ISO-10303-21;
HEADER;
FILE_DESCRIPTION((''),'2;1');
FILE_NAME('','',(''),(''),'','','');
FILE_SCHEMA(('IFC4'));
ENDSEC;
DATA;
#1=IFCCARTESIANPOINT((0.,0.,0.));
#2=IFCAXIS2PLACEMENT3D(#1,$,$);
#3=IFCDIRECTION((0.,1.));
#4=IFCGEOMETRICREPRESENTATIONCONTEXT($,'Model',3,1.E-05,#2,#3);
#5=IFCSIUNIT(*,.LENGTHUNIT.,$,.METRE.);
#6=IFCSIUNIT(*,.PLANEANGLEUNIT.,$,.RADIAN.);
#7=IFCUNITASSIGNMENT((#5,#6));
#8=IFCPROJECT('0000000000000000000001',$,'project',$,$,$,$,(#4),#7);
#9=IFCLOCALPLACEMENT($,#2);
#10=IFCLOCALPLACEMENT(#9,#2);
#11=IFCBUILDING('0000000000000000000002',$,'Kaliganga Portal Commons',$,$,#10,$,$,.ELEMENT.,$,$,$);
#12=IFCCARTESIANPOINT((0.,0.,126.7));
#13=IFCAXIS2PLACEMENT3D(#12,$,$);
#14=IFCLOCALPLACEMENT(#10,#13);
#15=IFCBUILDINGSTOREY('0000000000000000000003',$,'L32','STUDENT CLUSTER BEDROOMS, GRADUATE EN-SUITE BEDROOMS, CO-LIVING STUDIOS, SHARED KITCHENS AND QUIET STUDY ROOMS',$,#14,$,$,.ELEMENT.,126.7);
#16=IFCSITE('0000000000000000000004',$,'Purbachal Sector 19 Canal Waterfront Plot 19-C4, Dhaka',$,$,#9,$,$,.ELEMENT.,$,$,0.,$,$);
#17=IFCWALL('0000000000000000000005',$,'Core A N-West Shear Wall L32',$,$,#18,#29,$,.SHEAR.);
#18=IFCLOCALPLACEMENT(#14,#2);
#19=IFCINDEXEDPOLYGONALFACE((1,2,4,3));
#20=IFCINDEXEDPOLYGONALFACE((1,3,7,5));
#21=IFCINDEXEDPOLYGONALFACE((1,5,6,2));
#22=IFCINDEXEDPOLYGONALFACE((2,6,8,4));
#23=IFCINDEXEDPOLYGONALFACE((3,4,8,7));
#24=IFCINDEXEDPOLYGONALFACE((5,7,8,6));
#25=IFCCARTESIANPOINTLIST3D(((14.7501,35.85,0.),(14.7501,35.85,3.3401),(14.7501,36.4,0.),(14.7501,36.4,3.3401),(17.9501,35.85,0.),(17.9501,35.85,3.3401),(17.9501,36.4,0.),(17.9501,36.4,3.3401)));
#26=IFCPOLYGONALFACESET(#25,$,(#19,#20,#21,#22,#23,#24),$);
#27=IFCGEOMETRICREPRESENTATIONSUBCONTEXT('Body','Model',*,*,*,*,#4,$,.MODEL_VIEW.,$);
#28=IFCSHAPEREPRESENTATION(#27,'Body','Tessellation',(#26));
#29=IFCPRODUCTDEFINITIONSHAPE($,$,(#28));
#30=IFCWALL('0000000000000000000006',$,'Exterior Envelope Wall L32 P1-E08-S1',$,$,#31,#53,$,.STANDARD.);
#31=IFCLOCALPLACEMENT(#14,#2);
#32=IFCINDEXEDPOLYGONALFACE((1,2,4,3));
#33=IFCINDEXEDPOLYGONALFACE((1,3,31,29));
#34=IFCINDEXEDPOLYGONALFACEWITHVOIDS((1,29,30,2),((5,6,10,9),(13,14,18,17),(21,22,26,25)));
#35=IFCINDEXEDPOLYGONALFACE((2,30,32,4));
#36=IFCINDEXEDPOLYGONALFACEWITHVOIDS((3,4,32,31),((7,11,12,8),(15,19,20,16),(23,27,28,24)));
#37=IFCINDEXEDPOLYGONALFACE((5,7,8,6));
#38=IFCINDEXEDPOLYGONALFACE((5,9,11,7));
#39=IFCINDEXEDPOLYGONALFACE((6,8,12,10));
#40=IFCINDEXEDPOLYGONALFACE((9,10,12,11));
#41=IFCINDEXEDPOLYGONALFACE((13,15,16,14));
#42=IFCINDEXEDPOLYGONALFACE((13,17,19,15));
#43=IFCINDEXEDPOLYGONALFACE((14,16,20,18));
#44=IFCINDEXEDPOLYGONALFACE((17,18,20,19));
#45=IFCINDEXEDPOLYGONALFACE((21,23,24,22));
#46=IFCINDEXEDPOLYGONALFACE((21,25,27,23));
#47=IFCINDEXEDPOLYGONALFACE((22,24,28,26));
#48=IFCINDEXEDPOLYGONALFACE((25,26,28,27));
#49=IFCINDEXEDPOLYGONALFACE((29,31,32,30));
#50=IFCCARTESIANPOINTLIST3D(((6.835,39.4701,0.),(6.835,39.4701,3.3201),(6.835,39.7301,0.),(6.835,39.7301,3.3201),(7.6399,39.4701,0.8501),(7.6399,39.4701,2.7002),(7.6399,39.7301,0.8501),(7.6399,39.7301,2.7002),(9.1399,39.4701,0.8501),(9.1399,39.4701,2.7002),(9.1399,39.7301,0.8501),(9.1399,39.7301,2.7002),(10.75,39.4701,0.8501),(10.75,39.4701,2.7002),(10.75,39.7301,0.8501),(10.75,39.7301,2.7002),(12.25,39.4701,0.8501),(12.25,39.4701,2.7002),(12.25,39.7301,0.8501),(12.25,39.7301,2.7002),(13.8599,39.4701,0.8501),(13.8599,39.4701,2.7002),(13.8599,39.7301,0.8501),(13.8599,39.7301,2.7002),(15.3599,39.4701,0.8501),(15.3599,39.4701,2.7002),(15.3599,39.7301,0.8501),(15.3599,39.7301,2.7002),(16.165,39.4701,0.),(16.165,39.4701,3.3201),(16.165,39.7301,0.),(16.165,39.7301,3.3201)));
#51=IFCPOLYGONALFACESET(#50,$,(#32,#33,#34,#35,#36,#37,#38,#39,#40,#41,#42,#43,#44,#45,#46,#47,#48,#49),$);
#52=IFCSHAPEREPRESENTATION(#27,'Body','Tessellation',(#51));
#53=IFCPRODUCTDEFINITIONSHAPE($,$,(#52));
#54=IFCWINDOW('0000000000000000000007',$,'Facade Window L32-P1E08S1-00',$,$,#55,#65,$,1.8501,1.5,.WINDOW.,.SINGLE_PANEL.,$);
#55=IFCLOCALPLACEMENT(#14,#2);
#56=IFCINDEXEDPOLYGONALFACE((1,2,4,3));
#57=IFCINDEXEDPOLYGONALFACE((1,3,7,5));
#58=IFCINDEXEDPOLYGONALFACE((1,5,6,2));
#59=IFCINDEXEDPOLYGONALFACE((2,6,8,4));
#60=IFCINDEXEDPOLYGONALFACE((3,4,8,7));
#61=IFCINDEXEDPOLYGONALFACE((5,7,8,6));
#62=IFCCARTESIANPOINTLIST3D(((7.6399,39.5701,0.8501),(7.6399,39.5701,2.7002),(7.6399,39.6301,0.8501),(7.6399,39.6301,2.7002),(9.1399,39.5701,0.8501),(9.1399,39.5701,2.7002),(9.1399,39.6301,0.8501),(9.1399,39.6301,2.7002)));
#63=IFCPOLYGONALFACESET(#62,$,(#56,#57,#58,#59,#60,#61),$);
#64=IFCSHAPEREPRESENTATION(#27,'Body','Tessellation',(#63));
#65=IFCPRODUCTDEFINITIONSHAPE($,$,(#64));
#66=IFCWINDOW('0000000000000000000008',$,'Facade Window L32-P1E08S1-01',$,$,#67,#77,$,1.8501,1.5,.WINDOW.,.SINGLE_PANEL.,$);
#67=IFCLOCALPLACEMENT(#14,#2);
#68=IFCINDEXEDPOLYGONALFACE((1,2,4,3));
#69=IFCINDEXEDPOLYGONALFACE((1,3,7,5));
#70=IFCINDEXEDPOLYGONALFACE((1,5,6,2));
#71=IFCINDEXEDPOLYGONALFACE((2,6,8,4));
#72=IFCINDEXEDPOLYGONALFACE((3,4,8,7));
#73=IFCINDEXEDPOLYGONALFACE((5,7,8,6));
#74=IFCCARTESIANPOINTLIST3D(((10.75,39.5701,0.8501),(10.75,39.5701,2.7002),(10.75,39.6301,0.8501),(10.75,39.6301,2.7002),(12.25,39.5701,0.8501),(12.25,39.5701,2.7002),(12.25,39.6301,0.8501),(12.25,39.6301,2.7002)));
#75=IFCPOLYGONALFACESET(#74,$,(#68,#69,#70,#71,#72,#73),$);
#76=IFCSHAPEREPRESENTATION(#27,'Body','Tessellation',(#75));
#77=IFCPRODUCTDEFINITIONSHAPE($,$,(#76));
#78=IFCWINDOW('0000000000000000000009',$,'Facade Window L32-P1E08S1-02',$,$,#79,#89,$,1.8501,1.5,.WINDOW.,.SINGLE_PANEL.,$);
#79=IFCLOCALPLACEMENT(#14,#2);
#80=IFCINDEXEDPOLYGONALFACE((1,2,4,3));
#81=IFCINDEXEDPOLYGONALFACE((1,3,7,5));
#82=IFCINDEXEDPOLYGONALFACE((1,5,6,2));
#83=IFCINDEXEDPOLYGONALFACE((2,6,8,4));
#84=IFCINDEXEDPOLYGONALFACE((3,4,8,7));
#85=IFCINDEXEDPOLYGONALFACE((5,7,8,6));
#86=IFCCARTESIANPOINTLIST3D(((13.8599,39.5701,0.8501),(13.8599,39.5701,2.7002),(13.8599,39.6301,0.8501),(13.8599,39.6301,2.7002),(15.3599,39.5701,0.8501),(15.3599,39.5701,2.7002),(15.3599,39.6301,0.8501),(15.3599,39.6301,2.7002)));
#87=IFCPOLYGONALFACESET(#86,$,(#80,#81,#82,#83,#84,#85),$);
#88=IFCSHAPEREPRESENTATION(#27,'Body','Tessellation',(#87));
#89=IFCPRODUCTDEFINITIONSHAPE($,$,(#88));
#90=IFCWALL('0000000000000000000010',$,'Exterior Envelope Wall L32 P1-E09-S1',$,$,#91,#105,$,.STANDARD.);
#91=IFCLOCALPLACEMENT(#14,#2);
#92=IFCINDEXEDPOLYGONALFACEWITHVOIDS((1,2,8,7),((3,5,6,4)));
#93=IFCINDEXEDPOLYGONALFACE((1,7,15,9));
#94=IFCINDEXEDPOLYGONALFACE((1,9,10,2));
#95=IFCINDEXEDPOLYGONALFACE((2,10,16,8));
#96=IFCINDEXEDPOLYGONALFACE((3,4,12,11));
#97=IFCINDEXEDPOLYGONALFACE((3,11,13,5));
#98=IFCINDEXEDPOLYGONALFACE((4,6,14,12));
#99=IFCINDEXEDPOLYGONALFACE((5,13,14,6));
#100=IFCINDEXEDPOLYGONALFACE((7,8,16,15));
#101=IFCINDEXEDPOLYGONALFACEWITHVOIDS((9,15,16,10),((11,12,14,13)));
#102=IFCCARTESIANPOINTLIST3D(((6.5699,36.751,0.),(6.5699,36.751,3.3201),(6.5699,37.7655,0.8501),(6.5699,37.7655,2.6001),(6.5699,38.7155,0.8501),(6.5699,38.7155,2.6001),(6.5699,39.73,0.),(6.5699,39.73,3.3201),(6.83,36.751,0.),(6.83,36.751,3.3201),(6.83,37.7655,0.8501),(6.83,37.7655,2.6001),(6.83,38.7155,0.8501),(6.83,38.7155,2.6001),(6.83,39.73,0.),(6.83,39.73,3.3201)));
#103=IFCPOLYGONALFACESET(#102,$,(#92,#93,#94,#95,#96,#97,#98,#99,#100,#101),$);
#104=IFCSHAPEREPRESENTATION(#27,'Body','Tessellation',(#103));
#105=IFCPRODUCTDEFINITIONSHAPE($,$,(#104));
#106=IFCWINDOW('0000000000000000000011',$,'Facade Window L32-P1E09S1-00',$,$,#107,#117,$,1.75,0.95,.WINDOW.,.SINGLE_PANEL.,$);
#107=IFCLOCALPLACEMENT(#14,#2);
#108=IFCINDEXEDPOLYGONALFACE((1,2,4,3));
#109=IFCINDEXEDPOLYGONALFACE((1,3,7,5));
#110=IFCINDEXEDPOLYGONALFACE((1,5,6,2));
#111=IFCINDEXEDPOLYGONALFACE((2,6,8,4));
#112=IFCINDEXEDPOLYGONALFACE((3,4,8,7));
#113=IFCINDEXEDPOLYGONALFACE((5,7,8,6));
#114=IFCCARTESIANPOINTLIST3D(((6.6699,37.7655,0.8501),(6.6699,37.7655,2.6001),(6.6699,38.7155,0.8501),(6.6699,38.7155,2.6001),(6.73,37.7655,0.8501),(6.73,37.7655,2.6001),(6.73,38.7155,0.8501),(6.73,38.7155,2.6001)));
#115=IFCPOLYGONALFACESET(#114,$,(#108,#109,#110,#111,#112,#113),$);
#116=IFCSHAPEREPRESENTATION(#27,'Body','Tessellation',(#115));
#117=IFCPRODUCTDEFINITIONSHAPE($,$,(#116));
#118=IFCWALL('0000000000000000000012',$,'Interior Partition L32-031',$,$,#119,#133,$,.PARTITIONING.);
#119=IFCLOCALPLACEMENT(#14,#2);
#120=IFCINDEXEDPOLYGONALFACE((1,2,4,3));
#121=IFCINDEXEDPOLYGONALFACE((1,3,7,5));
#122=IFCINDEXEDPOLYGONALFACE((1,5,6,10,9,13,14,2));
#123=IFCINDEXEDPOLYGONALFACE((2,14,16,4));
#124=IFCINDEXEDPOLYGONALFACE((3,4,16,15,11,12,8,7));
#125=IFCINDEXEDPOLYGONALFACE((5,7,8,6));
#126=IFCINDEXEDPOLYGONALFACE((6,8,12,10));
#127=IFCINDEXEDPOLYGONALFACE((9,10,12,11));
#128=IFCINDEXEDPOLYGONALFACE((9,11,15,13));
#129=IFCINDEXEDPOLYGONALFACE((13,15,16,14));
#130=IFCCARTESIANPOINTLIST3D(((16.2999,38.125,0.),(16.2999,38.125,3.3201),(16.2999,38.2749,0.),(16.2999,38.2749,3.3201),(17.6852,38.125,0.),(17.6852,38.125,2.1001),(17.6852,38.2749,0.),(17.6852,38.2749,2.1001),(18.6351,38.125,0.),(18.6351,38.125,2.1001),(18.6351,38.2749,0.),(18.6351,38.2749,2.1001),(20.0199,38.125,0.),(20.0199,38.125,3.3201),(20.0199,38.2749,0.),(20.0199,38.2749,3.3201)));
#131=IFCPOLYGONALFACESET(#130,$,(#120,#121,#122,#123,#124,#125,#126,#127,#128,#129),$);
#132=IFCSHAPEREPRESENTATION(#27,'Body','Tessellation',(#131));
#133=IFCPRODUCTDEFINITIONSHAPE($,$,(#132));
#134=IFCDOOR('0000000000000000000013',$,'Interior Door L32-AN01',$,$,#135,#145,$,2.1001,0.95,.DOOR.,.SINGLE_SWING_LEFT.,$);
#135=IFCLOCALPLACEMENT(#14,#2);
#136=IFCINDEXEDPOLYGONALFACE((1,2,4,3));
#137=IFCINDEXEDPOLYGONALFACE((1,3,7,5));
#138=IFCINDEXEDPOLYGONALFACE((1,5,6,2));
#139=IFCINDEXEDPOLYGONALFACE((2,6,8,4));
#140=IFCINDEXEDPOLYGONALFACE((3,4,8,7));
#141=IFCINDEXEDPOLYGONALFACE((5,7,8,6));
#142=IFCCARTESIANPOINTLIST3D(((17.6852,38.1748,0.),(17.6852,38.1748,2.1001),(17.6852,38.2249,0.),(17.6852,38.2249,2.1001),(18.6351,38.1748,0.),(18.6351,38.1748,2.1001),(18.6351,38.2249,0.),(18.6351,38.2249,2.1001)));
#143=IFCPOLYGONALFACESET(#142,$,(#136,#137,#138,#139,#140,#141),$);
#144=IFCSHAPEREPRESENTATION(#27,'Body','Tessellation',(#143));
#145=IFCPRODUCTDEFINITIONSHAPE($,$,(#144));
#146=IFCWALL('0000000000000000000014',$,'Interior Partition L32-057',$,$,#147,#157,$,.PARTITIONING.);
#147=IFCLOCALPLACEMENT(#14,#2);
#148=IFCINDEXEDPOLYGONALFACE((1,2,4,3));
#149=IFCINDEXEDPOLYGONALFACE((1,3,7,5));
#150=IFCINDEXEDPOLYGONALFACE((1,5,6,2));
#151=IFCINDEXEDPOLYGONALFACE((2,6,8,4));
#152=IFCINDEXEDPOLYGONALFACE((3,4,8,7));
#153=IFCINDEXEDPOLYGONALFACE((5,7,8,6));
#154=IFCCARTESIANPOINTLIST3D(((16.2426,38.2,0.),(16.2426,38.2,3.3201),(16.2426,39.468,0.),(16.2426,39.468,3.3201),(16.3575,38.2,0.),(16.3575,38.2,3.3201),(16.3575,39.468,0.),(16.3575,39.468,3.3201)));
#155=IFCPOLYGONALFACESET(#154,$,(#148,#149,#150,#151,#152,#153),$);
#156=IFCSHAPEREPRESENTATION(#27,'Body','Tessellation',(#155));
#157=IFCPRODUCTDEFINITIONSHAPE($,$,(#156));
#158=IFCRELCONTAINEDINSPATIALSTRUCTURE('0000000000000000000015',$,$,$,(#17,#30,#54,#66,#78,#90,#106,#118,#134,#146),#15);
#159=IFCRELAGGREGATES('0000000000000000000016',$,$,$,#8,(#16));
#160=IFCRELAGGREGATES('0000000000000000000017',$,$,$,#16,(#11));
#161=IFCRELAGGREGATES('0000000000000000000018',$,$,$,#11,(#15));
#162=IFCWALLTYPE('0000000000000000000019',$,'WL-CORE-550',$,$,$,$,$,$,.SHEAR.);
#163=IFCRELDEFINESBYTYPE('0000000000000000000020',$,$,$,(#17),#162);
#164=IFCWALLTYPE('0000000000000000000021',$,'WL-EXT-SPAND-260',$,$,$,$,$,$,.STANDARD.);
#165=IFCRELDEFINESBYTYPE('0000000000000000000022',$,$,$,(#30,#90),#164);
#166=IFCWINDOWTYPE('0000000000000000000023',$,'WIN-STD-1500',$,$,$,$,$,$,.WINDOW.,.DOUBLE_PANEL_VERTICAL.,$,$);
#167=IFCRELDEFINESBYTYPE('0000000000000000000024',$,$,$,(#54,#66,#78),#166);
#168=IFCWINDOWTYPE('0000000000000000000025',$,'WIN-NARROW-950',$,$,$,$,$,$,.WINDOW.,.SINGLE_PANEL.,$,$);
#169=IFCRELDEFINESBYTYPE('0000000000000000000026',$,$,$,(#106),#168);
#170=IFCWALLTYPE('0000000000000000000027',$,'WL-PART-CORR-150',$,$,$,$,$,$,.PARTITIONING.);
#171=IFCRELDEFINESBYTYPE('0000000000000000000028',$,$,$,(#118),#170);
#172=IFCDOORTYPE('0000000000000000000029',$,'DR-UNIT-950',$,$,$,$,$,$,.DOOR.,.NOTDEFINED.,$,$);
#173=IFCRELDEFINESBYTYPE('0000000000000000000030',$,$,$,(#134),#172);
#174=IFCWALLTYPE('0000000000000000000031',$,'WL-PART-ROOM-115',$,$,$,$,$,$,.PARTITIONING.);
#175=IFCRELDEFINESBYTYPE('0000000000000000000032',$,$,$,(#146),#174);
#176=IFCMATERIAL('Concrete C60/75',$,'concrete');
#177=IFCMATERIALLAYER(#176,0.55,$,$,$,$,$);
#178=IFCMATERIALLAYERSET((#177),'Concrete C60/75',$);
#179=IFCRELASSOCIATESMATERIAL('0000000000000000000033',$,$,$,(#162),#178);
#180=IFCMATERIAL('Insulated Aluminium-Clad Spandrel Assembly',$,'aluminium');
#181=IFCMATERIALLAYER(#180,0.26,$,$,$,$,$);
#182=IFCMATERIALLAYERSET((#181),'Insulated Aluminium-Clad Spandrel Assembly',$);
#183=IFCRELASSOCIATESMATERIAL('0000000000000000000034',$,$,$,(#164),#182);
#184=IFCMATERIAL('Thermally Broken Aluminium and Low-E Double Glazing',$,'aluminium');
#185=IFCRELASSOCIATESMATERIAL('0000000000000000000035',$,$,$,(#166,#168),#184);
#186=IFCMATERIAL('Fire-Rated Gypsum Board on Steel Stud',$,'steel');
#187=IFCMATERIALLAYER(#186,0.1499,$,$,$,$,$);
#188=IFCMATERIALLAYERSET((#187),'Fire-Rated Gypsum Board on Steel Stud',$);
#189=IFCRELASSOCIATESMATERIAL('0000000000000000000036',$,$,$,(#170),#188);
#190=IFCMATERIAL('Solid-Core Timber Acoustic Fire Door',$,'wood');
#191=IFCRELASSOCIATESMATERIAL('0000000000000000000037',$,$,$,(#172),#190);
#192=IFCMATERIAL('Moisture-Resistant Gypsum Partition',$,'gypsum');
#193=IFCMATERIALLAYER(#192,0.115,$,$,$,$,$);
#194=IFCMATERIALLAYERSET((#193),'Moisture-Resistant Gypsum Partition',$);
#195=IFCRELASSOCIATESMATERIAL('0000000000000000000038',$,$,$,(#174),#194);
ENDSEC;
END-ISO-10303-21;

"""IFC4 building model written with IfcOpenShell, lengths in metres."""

from ifc_helpers import new_model, si_unit, direction, frame, frame_2d, origin, place, context, subcontext, project, spatial, rectangle, extrude, material, layer, layer_set, type_object, element, fill, save


model = new_model("IFC4")

# Units and contexts
model_context = context("Model", 3, precision=1e-05, world=origin(), true_north=direction((0.0, 1.0)))
body_context = subcontext(model_context, "Body", "Model", "MODEL_VIEW")
ifc_project = project(units=[si_unit("LENGTHUNIT", "METRE"), si_unit("PLANEANGLEUNIT", "RADIAN")], contexts=[model_context])

# Site, building, storey
site_placement = place(None, origin())
site = spatial("IfcSite", under=ifc_project, at=site_placement, Name="Purbachal Sector 19 Canal Waterfront Plot 19-C4, Dhaka", CompositionType="ELEMENT", RefElevation=0.0)
building_placement = place(site_placement, origin())
building = spatial("IfcBuilding", under=site, at=building_placement, Name="Kaliganga Portal Commons", CompositionType="ELEMENT")
storey_placement = place(building_placement, frame((0.0, 0.0, 126.7)))
storey = spatial("IfcBuildingStorey", under=building, at=storey_placement, Name="L32", Description="STUDENT CLUSTER BEDROOMS, GRADUATE EN-SUITE BEDROOMS, CO-LIVING STUDIOS, SHARED KITCHENS AND QUIET STUDY ROOMS", CompositionType="ELEMENT", Elevation=126.7)

# Shared definitions
ifc_material_1 = material(Name="Concrete C60/75", Category="concrete")

# Wall
ifc_layer_1 = layer(ifc_material_1, 0.55)
ifc_layer_set_1 = layer_set([ifc_layer_1], Name="Concrete C60/75")
wall_type_1 = type_object("IfcWallType", Name="WL-CORE-550", PredefinedType="SHEAR", material=ifc_layer_set_1)
wall_1_placement = place(storey_placement, frame((14.75, 36.125, 0.0), z_axis=(0.0, 0.0, 1.0), x_axis=(1.0, 0.0, 0.0)))
element("IfcWall", 1, at=wall_1_placement, inside=storey, type_object=wall_type_1, Name="Core A N-West Shear Wall L32", PredefinedType="SHEAR", context=body_context, shape_type="SweptSolid", body=[
    extrude(rectangle(XDim=3.2, YDim=0.55, at=frame_2d((1.6001, 0.0))), origin(), (0.0, 0.0, 1.0), 3.3401),
])

# Wall, openings, windows
ifc_material_2 = material(Name="Insulated Aluminium-Clad Spandrel Assembly", Category="aluminium")
ifc_layer_2 = layer(ifc_material_2, 0.26)
ifc_layer_set_2 = layer_set([ifc_layer_2], Name="Insulated Aluminium-Clad Spandrel Assembly")
wall_type_2 = type_object("IfcWallType", Name="WL-EXT-SPAND-260", PredefinedType="STANDARD", material=ifc_layer_set_2)
wall_2_placement = place(storey_placement, frame((6.835, 39.6001, 0.0), z_axis=(0.0, 0.0, 1.0), x_axis=(1.0, 0.0, 0.0)))
wall_2 = element("IfcWall", 2, at=wall_2_placement, inside=storey, type_object=wall_type_2, Name="Exterior Envelope Wall L32 P1-E08-S1", PredefinedType="STANDARD", context=body_context, shape_type="SweptSolid", body=[
    extrude(rectangle(XDim=9.3301, YDim=0.26, at=frame_2d((4.665, 0.0))), origin(), (0.0, 0.0, 1.0), 3.3201),
])
opening_1_placement = place(wall_2_placement, frame((0.8049, 0.0, 0.8501)))
opening_1 = element("IfcOpeningElement", 3, at=opening_1_placement, cuts=wall_2, PredefinedType="OPENING", context=body_context, shape_type="SweptSolid", body=[
    extrude(rectangle(XDim=1.5, YDim=1.8501, at=frame_2d((0.75, 0.925))), frame((0.0, 0.1401, 0.0), z_axis=(0.0, -1.0, 0.0), x_axis=(1.0, 0.0, 0.0)), (0.0, 0.0, 1.0), 0.28),
])
opening_2_placement = place(wall_2_placement, frame((3.915, 0.0, 0.8501)))
opening_2 = element("IfcOpeningElement", 4, at=opening_2_placement, cuts=wall_2, PredefinedType="OPENING", context=body_context, shape_type="SweptSolid", body=[
    extrude(rectangle(XDim=1.5, YDim=1.8501, at=frame_2d((0.75, 0.925))), frame((0.0, 0.1401, 0.0), z_axis=(0.0, -1.0, 0.0), x_axis=(1.0, 0.0, 0.0)), (0.0, 0.0, 1.0), 0.28),
])
opening_3_placement = place(wall_2_placement, frame((7.0249, 0.0, 0.8501)))
opening_3 = element("IfcOpeningElement", 5, at=opening_3_placement, cuts=wall_2, PredefinedType="OPENING", context=body_context, shape_type="SweptSolid", body=[
    extrude(rectangle(XDim=1.5, YDim=1.8501, at=frame_2d((0.75, 0.925))), frame((0.0, 0.1401, 0.0), z_axis=(0.0, -1.0, 0.0), x_axis=(1.0, 0.0, 0.0)), (0.0, 0.0, 1.0), 0.28),
])
ifc_material_3 = material(Name="Thermally Broken Aluminium and Low-E Double Glazing", Category="aluminium")
window_type_1 = type_object("IfcWindowType", Name="WIN-STD-1500", PartitioningType="DOUBLE_PANEL_VERTICAL", PredefinedType="WINDOW", material=ifc_material_3)
window_1_placement = place(opening_1_placement, origin())
window_1 = element("IfcWindow", 6, at=window_1_placement, inside=storey, type_object=window_type_1, Name="Facade Window L32-P1E08S1-00", OverallHeight=1.8501, OverallWidth=1.5, PartitioningType="SINGLE_PANEL", PredefinedType="WINDOW", context=body_context, shape_type="SweptSolid", body=[
    extrude(rectangle(XDim=1.5, YDim=1.8501, at=frame_2d((0.75, 0.925))), frame((0.0, 0.03, 0.0), z_axis=(0.0, -1.0, 0.0), x_axis=(1.0, 0.0, 0.0)), (0.0, 0.0, 1.0), 0.0601),
])
fill(opening_1, window_1)
window_2_placement = place(opening_2_placement, origin())
window_2 = element("IfcWindow", 7, at=window_2_placement, inside=storey, type_object=window_type_1, Name="Facade Window L32-P1E08S1-01", OverallHeight=1.8501, OverallWidth=1.5, PartitioningType="SINGLE_PANEL", PredefinedType="WINDOW", context=body_context, shape_type="SweptSolid", body=[
    extrude(rectangle(XDim=1.5, YDim=1.8501, at=frame_2d((0.75, 0.925))), frame((0.0, 0.03, 0.0), z_axis=(0.0, -1.0, 0.0), x_axis=(1.0, 0.0, 0.0)), (0.0, 0.0, 1.0), 0.0601),
])
fill(opening_2, window_2)
window_3_placement = place(opening_3_placement, origin())
window_3 = element("IfcWindow", 8, at=window_3_placement, inside=storey, type_object=window_type_1, Name="Facade Window L32-P1E08S1-02", OverallHeight=1.8501, OverallWidth=1.5, PartitioningType="SINGLE_PANEL", PredefinedType="WINDOW", context=body_context, shape_type="SweptSolid", body=[
    extrude(rectangle(XDim=1.5, YDim=1.8501, at=frame_2d((0.75, 0.925))), frame((0.0, 0.03, 0.0), z_axis=(0.0, -1.0, 0.0), x_axis=(1.0, 0.0, 0.0)), (0.0, 0.0, 1.0), 0.0601),
])
fill(opening_3, window_3)

# Wall, opening, window
wall_3_placement = place(storey_placement, frame((6.7, 36.751, 0.0), z_axis=(0.0, 0.0, 1.0), x_axis=(0.0, 1.0, 0.0)))
wall_3 = element("IfcWall", 9, at=wall_3_placement, inside=storey, type_object=wall_type_2, Name="Exterior Envelope Wall L32 P1-E09-S1", PredefinedType="STANDARD", context=body_context, shape_type="SweptSolid", body=[
    extrude(rectangle(XDim=2.979, YDim=0.26, at=frame_2d((1.4895, 0.0))), origin(), (0.0, 0.0, 1.0), 3.3201),
])
opening_4_placement = place(wall_3_placement, frame((1.0144, 0.0, 0.8501)))
opening_4 = element("IfcOpeningElement", 10, at=opening_4_placement, cuts=wall_3, PredefinedType="OPENING", context=body_context, shape_type="SweptSolid", body=[
    extrude(rectangle(XDim=0.95, YDim=1.75, at=frame_2d((0.4751, 0.875))), frame((0.0, 0.1401, 0.0), z_axis=(0.0, -1.0, 0.0), x_axis=(1.0, 0.0, 0.0)), (0.0, 0.0, 1.0), 0.28),
])
window_type_2 = type_object("IfcWindowType", Name="WIN-NARROW-950", PartitioningType="SINGLE_PANEL", PredefinedType="WINDOW", material=ifc_material_3)
window_4_placement = place(opening_4_placement, origin())
window_4 = element("IfcWindow", 11, at=window_4_placement, inside=storey, type_object=window_type_2, Name="Facade Window L32-P1E09S1-00", OverallHeight=1.75, OverallWidth=0.95, PartitioningType="SINGLE_PANEL", PredefinedType="WINDOW", context=body_context, shape_type="SweptSolid", body=[
    extrude(rectangle(XDim=0.95, YDim=1.75, at=frame_2d((0.4751, 0.875))), frame((0.0, 0.03, 0.0), z_axis=(0.0, -1.0, 0.0), x_axis=(1.0, 0.0, 0.0)), (0.0, 0.0, 1.0), 0.0601),
])
fill(opening_4, window_4)

# Wall, opening, door
ifc_material_4 = material(Name="Fire-Rated Gypsum Board on Steel Stud", Category="steel")
ifc_layer_3 = layer(ifc_material_4, 0.1499)
ifc_layer_set_3 = layer_set([ifc_layer_3], Name="Fire-Rated Gypsum Board on Steel Stud")
wall_type_3 = type_object("IfcWallType", Name="WL-PART-CORR-150", PredefinedType="PARTITIONING", material=ifc_layer_set_3)
wall_4_placement = place(storey_placement, frame((16.3, 38.2, 0.0), z_axis=(0.0, 0.0, 1.0), x_axis=(1.0, 0.0, 0.0)))
wall_4 = element("IfcWall", 12, at=wall_4_placement, inside=storey, type_object=wall_type_3, Name="Interior Partition L32-031", PredefinedType="PARTITIONING", context=body_context, shape_type="SweptSolid", body=[
    extrude(rectangle(XDim=3.72, YDim=0.1499, at=frame_2d((1.8599, 0.0))), origin(), (0.0, 0.0, 1.0), 3.3201),
])
opening_5_placement = place(wall_4_placement, frame((1.385, 0.0, 0.0)))
opening_5 = element("IfcOpeningElement", 13, at=opening_5_placement, cuts=wall_4, PredefinedType="OPENING", context=body_context, shape_type="SweptSolid", body=[
    extrude(rectangle(XDim=0.95, YDim=2.1001, at=frame_2d((0.4751, 1.05))), frame((0.0, 0.085, 0.0), z_axis=(0.0, -1.0, 0.0), x_axis=(1.0, 0.0, 0.0)), (0.0, 0.0, 1.0), 0.1699),
])
ifc_material_5 = material(Name="Solid-Core Timber Acoustic Fire Door", Category="wood")
door_type_1 = type_object("IfcDoorType", Name="DR-UNIT-950", OperationType="NOTDEFINED", PredefinedType="DOOR", material=ifc_material_5)
door_1_placement = place(opening_5_placement, origin())
door_1 = element("IfcDoor", 14, at=door_1_placement, inside=storey, type_object=door_type_1, Name="Interior Door L32-AN01", OperationType="SINGLE_SWING_LEFT", OverallHeight=2.1001, OverallWidth=0.95, PredefinedType="DOOR", context=body_context, shape_type="SweptSolid", body=[
    extrude(rectangle(XDim=0.95, YDim=2.1001, at=frame_2d((0.4751, 1.05))), frame((0.0, 0.0249, 0.0), z_axis=(0.0, -1.0, 0.0), x_axis=(1.0, 0.0, 0.0)), (0.0, 0.0, 1.0), 0.05),
])
fill(opening_5, door_1)

# Wall
ifc_material_6 = material(Name="Moisture-Resistant Gypsum Partition", Category="gypsum")
ifc_layer_4 = layer(ifc_material_6, 0.115)
ifc_layer_set_4 = layer_set([ifc_layer_4], Name="Moisture-Resistant Gypsum Partition")
wall_type_4 = type_object("IfcWallType", Name="WL-PART-ROOM-115", PredefinedType="PARTITIONING", material=ifc_layer_set_4)
wall_5_placement = place(storey_placement, frame((16.3, 38.2, 0.0), z_axis=(0.0, 0.0, 1.0), x_axis=(0.0, 1.0, 0.0)))
element("IfcWall", 15, at=wall_5_placement, inside=storey, type_object=wall_type_4, Name="Interior Partition L32-057", PredefinedType="PARTITIONING", context=body_context, shape_type="SweptSolid", body=[
    extrude(rectangle(XDim=1.2681, YDim=0.115, at=frame_2d((0.634, 0.0))), origin(), (0.0, 0.0, 1.0), 3.3201),
])

save(model, "model.ifc")
